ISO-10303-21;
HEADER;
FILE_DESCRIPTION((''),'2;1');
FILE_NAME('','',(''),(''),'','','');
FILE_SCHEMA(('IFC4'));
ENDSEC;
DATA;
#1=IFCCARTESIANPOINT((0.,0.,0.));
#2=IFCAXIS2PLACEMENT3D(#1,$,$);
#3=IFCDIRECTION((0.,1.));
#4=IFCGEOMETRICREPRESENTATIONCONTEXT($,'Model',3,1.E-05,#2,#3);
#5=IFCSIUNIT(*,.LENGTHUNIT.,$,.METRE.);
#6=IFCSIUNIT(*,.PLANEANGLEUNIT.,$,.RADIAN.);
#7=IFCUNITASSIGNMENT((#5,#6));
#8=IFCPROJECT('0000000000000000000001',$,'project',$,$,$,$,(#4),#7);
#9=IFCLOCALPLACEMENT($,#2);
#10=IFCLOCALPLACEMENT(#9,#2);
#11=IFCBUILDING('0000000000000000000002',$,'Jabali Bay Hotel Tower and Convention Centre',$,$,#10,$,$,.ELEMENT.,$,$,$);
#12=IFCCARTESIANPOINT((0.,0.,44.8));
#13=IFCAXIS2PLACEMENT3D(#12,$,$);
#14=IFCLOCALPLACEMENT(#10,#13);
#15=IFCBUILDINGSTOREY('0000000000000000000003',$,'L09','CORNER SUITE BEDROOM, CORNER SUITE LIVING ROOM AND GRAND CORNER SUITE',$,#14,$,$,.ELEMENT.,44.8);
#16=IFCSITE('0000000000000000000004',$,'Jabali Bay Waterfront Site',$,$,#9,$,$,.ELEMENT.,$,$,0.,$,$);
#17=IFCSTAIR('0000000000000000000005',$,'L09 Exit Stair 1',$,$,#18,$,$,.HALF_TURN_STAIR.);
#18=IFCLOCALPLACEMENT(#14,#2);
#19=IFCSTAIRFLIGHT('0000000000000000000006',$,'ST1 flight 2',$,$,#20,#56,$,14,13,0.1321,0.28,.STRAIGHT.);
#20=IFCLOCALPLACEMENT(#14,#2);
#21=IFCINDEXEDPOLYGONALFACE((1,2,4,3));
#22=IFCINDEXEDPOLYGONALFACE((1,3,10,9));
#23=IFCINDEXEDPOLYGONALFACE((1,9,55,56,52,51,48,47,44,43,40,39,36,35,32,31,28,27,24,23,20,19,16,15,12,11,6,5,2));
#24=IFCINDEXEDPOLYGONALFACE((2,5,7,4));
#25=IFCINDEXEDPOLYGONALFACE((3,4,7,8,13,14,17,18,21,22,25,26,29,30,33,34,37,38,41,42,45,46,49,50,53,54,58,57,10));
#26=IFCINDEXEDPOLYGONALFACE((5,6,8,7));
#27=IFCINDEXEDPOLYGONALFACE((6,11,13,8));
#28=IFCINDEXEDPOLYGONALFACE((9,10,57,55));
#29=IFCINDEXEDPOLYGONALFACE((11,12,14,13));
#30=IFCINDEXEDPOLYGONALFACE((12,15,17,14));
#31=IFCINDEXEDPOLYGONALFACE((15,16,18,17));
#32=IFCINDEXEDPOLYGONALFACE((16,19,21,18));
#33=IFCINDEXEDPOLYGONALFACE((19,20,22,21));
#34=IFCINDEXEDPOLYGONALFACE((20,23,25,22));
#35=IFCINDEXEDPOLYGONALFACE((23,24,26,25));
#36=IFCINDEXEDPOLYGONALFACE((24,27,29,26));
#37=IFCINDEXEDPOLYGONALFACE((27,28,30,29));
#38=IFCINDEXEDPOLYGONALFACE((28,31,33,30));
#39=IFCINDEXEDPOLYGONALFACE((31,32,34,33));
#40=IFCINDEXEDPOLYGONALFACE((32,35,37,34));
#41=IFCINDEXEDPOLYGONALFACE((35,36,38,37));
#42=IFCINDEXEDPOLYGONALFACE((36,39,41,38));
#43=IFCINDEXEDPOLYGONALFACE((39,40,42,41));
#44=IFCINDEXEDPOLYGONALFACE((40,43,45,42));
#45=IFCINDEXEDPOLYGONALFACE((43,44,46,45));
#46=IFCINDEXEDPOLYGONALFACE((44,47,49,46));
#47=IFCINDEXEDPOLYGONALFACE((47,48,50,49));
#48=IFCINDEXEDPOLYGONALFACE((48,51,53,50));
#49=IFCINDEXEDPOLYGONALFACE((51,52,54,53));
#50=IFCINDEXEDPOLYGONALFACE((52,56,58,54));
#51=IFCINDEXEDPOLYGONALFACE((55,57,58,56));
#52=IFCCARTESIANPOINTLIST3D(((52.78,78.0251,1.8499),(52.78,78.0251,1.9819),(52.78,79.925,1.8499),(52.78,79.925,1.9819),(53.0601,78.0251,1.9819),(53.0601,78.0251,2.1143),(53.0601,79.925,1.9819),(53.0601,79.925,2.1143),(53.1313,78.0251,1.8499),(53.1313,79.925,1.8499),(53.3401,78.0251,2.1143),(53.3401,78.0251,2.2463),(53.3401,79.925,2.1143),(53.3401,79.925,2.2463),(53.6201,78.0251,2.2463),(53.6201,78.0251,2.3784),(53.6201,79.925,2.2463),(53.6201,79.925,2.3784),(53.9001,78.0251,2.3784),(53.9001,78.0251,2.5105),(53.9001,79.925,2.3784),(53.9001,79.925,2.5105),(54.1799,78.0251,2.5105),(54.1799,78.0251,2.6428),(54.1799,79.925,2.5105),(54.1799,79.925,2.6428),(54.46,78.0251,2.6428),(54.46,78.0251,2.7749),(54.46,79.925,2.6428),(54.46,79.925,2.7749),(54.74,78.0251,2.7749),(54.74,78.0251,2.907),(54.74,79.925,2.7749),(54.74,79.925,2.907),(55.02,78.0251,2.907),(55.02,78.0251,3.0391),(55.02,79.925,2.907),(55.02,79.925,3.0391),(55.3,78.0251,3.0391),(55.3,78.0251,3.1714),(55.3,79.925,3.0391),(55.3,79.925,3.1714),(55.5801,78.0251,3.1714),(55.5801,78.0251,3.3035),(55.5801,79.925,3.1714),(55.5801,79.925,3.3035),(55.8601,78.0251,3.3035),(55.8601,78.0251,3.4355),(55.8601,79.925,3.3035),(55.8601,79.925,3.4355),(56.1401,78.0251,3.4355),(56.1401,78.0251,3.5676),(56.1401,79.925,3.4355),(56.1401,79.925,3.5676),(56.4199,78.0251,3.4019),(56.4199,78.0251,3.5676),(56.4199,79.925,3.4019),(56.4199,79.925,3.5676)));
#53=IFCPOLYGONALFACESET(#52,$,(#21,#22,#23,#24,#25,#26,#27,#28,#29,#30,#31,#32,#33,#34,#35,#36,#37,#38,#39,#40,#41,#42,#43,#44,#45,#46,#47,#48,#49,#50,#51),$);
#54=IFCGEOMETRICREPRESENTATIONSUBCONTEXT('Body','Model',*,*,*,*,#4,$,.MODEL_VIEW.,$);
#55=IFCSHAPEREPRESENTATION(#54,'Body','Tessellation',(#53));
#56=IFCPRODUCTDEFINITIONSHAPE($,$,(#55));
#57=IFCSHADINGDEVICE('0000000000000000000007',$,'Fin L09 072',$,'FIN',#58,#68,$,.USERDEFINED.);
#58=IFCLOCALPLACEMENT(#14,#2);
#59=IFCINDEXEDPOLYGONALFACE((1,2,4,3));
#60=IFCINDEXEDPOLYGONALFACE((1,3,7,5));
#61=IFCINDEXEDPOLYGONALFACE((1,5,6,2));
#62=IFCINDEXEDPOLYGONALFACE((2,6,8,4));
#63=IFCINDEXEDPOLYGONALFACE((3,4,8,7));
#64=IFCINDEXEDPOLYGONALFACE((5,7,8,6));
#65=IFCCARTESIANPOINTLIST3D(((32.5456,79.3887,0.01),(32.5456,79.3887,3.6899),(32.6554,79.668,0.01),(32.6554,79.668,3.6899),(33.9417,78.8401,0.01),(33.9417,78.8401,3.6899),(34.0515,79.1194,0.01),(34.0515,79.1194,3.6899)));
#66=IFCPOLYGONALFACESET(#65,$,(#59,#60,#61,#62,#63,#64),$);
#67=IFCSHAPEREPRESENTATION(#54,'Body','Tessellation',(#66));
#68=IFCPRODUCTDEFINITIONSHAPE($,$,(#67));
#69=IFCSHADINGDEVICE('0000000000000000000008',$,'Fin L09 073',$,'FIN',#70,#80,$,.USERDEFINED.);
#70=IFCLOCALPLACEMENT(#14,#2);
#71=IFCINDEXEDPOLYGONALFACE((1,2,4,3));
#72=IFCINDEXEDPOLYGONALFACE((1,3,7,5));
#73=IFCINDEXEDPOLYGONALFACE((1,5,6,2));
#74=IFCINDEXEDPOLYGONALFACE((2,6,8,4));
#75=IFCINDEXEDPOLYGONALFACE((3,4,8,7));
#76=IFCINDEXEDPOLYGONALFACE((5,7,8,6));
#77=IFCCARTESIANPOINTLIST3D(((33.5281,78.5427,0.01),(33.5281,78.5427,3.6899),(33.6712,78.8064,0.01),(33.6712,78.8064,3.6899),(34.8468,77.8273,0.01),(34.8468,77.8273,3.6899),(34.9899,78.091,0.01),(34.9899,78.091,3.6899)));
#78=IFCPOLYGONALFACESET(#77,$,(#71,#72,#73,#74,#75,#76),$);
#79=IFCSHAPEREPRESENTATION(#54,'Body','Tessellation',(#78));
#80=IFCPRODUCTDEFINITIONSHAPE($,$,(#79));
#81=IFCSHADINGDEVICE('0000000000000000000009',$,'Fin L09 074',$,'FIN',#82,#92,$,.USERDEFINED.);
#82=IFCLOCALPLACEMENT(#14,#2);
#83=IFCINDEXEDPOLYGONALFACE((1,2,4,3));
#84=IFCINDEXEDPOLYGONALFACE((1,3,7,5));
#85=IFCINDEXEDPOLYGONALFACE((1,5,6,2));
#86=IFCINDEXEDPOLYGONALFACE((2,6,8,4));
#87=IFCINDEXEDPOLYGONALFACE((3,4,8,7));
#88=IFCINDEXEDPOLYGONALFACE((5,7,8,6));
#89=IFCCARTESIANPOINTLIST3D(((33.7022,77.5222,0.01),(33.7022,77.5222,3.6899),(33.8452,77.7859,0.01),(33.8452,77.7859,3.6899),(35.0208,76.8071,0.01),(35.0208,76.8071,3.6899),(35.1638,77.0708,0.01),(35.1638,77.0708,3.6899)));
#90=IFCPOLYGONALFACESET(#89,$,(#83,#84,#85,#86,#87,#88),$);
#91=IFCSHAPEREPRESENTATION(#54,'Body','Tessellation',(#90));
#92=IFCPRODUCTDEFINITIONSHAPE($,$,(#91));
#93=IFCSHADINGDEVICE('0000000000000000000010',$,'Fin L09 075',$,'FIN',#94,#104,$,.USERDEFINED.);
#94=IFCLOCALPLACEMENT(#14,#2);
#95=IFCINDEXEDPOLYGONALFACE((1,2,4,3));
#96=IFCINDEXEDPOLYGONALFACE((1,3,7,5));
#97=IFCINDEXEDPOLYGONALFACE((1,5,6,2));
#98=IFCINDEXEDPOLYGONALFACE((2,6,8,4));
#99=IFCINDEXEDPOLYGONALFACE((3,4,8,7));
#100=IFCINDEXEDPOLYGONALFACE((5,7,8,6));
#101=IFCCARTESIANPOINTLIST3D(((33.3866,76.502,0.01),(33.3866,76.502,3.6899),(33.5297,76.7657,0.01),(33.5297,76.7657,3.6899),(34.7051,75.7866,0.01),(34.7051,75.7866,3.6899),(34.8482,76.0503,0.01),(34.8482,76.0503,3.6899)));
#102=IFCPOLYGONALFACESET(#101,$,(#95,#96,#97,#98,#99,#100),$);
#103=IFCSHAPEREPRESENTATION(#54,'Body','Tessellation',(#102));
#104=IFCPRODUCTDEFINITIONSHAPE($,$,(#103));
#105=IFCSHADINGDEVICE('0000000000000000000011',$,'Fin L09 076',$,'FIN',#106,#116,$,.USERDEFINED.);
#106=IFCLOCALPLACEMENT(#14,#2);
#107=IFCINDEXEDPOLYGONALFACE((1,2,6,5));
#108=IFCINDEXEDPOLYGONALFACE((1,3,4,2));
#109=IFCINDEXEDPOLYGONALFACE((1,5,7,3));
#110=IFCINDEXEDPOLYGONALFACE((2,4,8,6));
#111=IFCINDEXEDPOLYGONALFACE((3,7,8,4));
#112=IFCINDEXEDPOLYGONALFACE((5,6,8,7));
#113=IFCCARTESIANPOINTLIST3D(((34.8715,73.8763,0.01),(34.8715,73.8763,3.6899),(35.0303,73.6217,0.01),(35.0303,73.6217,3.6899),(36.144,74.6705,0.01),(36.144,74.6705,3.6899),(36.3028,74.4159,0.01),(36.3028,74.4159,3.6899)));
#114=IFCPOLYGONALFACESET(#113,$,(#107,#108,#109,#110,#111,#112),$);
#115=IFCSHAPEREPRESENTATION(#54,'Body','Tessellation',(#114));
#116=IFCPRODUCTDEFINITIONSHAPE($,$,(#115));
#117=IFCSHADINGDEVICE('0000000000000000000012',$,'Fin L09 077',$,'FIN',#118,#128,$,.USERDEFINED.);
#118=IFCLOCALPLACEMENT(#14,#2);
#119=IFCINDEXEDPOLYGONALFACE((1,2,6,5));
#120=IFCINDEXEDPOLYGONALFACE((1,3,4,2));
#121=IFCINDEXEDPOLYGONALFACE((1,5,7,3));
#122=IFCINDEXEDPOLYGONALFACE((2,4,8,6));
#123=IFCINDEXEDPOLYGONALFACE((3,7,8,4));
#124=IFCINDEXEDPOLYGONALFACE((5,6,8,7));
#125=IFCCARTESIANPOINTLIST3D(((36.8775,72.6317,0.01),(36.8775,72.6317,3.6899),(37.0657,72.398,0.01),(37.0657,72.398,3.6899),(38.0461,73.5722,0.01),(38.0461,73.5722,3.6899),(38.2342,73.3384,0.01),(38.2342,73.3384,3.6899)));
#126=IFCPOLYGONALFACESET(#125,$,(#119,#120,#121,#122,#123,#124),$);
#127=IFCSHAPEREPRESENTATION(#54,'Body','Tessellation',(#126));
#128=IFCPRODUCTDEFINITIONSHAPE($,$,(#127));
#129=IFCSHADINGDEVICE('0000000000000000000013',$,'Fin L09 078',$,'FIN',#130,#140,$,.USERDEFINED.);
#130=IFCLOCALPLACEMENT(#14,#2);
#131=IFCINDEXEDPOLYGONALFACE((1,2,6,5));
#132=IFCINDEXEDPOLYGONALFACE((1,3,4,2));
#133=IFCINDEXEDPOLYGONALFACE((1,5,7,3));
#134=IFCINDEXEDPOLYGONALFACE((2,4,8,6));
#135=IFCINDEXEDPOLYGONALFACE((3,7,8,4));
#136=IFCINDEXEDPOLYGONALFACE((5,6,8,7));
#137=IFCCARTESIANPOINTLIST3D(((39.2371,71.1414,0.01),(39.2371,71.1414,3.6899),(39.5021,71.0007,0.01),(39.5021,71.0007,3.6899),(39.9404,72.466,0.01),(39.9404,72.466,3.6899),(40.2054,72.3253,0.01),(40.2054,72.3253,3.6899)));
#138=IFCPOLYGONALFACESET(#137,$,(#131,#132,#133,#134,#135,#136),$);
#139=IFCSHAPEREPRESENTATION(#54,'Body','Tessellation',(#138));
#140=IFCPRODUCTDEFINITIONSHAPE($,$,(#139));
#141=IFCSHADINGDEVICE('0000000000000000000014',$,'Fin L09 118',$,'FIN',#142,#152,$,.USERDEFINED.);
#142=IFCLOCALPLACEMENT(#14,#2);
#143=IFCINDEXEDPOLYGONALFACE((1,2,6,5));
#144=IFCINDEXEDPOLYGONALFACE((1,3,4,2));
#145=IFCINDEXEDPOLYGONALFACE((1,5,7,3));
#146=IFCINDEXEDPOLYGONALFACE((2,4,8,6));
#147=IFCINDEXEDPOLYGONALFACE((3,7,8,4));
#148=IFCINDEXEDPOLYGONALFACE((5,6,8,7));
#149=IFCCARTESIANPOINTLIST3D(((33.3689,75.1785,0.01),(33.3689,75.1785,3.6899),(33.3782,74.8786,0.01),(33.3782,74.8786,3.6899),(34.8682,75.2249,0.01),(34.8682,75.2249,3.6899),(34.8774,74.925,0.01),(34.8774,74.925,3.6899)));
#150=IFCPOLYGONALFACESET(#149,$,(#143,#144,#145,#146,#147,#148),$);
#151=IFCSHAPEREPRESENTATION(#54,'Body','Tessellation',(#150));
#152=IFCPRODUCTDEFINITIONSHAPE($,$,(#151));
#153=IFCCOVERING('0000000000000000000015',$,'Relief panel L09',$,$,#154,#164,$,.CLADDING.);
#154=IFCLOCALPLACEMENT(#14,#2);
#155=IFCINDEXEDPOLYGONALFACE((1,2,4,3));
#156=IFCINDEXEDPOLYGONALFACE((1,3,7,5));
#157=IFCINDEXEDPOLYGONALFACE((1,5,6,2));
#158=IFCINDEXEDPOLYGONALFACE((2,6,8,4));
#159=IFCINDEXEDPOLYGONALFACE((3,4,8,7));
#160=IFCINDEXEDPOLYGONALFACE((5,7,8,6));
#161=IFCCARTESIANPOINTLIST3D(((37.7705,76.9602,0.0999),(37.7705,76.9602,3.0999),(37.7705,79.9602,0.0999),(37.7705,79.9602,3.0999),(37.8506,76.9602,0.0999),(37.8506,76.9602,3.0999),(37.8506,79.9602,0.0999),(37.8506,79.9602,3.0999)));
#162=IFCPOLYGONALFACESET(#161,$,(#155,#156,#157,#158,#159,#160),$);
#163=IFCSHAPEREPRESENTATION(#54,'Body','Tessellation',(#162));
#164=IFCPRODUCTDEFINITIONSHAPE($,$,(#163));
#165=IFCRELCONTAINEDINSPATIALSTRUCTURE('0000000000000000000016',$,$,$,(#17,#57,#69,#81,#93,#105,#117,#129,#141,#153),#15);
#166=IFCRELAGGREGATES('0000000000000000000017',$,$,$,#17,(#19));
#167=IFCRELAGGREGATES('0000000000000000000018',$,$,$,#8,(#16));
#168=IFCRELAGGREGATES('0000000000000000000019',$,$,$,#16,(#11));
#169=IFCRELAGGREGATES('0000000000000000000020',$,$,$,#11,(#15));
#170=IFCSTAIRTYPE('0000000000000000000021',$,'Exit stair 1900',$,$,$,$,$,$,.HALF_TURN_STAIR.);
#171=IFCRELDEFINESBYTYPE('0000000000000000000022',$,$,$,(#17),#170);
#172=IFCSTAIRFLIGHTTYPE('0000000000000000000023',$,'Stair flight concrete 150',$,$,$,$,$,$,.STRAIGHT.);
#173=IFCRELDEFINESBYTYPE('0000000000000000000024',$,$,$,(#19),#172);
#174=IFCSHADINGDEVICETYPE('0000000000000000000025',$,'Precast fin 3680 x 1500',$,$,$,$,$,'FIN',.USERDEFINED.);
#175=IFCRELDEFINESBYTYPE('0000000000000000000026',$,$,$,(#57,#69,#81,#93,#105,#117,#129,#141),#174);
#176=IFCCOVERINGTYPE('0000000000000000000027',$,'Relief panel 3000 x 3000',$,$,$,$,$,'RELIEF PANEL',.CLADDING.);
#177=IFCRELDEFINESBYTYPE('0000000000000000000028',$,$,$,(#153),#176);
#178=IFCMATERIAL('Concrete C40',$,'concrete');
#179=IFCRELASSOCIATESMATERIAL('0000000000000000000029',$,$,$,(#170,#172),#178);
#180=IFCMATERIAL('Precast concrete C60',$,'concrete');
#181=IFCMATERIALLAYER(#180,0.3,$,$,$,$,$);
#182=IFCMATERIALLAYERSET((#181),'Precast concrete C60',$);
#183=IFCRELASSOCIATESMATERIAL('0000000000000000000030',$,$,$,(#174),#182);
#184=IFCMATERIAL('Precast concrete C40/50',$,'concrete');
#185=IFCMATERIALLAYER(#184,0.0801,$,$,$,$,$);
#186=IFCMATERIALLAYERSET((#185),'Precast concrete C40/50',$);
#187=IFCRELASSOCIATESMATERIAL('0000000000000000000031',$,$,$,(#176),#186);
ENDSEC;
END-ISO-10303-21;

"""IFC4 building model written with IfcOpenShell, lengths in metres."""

from ifc_helpers import new_model, si_unit, direction, frame, frame_2d, origin, origin_2d, place, context, subcontext, project, spatial, polyline, rectangle, outline, extrude, material, layer, layer_set, type_object, element, aggregate, save


model = new_model("IFC4")

# Units and contexts
model_context = context("Model", 3, precision=1e-05, world=origin(), true_north=direction((0.0, 1.0)))
body_context = subcontext(model_context, "Body", "Model", "MODEL_VIEW")
ifc_project = project(units=[si_unit("LENGTHUNIT", "METRE"), si_unit("PLANEANGLEUNIT", "RADIAN")], contexts=[model_context])

# Site, building, storey
site_placement = place(None, origin())
site = spatial("IfcSite", under=ifc_project, at=site_placement, Name="Jabali Bay Waterfront Site", CompositionType="ELEMENT", RefElevation=0.0)
building_placement = place(site_placement, origin())
building = spatial("IfcBuilding", under=site, at=building_placement, Name="Jabali Bay Hotel Tower and Convention Centre", CompositionType="ELEMENT")
storey_placement = place(building_placement, frame((0.0, 0.0, 44.8)))
storey = spatial("IfcBuildingStorey", under=building, at=storey_placement, Name="L09", Description="CORNER SUITE BEDROOM, CORNER SUITE LIVING ROOM AND GRAND CORNER SUITE", CompositionType="ELEMENT", Elevation=44.8)

# Shared definitions
ifc_material_1 = material(Name="Concrete C40", Category="concrete")

# Stair, stair flight
stair_type = type_object("IfcStairType", Name="Exit stair 1900", PredefinedType="HALF_TURN_STAIR", material=ifc_material_1)
stair_placement = place(storey_placement, origin())
stair = element("IfcStair", 1, at=stair_placement, inside=storey, type_object=stair_type, Name="L09 Exit Stair 1", PredefinedType="HALF_TURN_STAIR")
stair_flight_type = type_object("IfcStairFlightType", Name="Stair flight concrete 150", PredefinedType="STRAIGHT", material=ifc_material_1)
stair_flight_placement = place(storey_placement, frame((52.78, 78.9751, 1.8499), z_axis=(0.0, 0.0, 1.0), x_axis=(1.0, 0.0, 0.0)))
stair_flight = element("IfcStairFlight", 2, at=stair_flight_placement, type_object=stair_flight_type, Name="ST1 flight 2", NumberOfRisers=14, NumberOfTreads=13, PredefinedType="STRAIGHT", RiserHeight=0.1321, TreadLength=0.28, context=body_context, shape_type="SweptSolid", body=[
    extrude(outline(polyline([(0.0, 0.0), (0.0, 0.1321), (0.28, 0.1321), (0.28, 0.2644), (0.5601, 0.2644), (0.5601, 0.3965), (0.8401, 0.3965), (0.8401, 0.5286), (1.1201, 0.5286), (1.1201, 0.6606), (1.3999, 0.6606), (1.3999, 0.793), (1.6799, 0.793), (1.6799, 0.925), (1.96, 0.925), (1.96, 1.0571), (2.24, 1.0571), (2.24, 1.1892), (2.52, 1.1892), (2.52, 1.3215), (2.8, 1.3215), (2.8, 1.4536), (3.0801, 1.4536), (3.0801, 1.5857), (3.3601, 1.5857), (3.3601, 1.7178), (3.6399, 1.7178), (3.6399, 1.8501), (3.6399, 1.552), (0.3513, 0.0), (0.0, 0.0)])), frame((0.0, 0.95, 0.0), z_axis=(0.0, -1.0, 0.0), x_axis=(1.0, 0.0, 0.0)), (0.0, 0.0, 1.0), 1.8999),
])
aggregate(stair, [stair_flight])

# Shading devices
ifc_material_2 = material(Name="Precast concrete C60", Category="concrete")
ifc_layer_1 = layer(ifc_material_2, 0.3)
ifc_layer_set_1 = layer_set([ifc_layer_1], Name="Precast concrete C60")
shading_device_type = type_object("IfcShadingDeviceType", Name="Precast fin 3680 x 1500", ElementType="FIN", PredefinedType="USERDEFINED", material=ifc_layer_set_1)
shading_device_1_placement = place(storey_placement, frame((33.9966, 78.9797, 0.01), z_axis=(0.0, 0.0, 1.0), x_axis=(-0.930716, 0.365743, 0.0)))
element("IfcShadingDevice", 3, at=shading_device_1_placement, inside=storey, type_object=shading_device_type, Name="Fin L09 072", ObjectType="FIN", PredefinedType="USERDEFINED", context=body_context, shape_type="SweptSolid", body=[
    extrude(rectangle(XDim=1.5, YDim=0.3, at=frame_2d((0.75, 0.0))), origin(), (0.0, 0.0, 1.0), 3.6799),
])
shading_device_2_placement = place(storey_placement, frame((34.9182, 77.9592, 0.01), z_axis=(0.0, 0.0, 1.0), x_axis=(-0.878988, 0.476844, 0.0)))
element("IfcShadingDevice", 4, at=shading_device_2_placement, inside=storey, type_object=shading_device_type, Name="Fin L09 073", ObjectType="FIN", PredefinedType="USERDEFINED", context=body_context, shape_type="SweptSolid", body=[
    extrude(rectangle(XDim=1.5002, YDim=0.3, at=frame_2d((0.75, 0.0))), origin(), (0.0, 0.0, 1.0), 3.6799),
])
for number, where, z_axis, x_axis, name in (
    (5, (35.0923, 76.939, 0.01), (0.0, 0.0, 1.0), (-0.879056, 0.476718, 0.0), "Fin L09 074"),
    (6, (34.7766, 75.9185, 0.01), (0.0, 0.0, 1.0), (-0.878951, 0.476912, 0.0), "Fin L09 075"),
    (7, (36.2234, 74.5432, 0.01), (0.0, 0.0, 1.0), (-0.848327, -0.529472, 0.0), "Fin L09 076"),
    (8, (38.1401, 73.4553, 0.01), (0.0, 0.0, 1.0), (-0.779023, -0.626995, 0.0), "Fin L09 077"),
):
    element("IfcShadingDevice", number, at=place(storey_placement, frame(where, z_axis=z_axis, x_axis=x_axis)), inside=storey, type_object=shading_device_type, Name=name, ObjectType="FIN", PredefinedType="USERDEFINED", context=body_context, shape_type="SweptSolid", body=[
        extrude(rectangle(XDim=1.5, YDim=0.3, at=frame_2d((0.75, 0.0))), origin(), (0.0, 0.0, 1.0), 3.6799),
    ])
shading_device_3_placement = place(storey_placement, frame((40.073, 72.3958, 0.01), z_axis=(0.0, 0.0, 1.0), x_axis=(-0.468957, -0.883221, 0.0)))
element("IfcShadingDevice", 9, at=shading_device_3_placement, inside=storey, type_object=shading_device_type, Name="Fin L09 078", ObjectType="FIN", PredefinedType="USERDEFINED", context=body_context, shape_type="SweptSolid", body=[
    extrude(rectangle(XDim=1.4998, YDim=0.3, at=frame_2d((0.75, 0.0))), origin(), (0.0, 0.0, 1.0), 3.6799),
])
shading_device_4_placement = place(storey_placement, frame((34.8728, 75.075, 0.01), z_axis=(0.0, 0.0, 1.0), x_axis=(-0.999522, -0.030925, 0.0)))
element("IfcShadingDevice", 10, at=shading_device_4_placement, inside=storey, type_object=shading_device_type, Name="Fin L09 118", ObjectType="FIN", PredefinedType="USERDEFINED", context=body_context, shape_type="SweptSolid", body=[
    extrude(rectangle(XDim=1.5, YDim=0.3, at=frame_2d((0.75, 0.0))), origin(), (0.0, 0.0, 1.0), 3.6799),
])

# Covering
ifc_material_3 = material(Name="Precast concrete C40/50", Category="concrete")
ifc_layer_2 = layer(ifc_material_3, 0.0801)
ifc_layer_set_2 = layer_set([ifc_layer_2], Name="Precast concrete C40/50")
covering_type = type_object("IfcCoveringType", Name="Relief panel 3000 x 3000", ElementType="RELIEF PANEL", PredefinedType="CLADDING", material=ifc_layer_set_2)
covering_placement = place(storey_placement, frame((37.8105, 78.4602, 0.0999), z_axis=(0.0, 0.0, 1.0), x_axis=(0.0, 1.0, 0.0)))
element("IfcCovering", 11, at=covering_placement, inside=storey, type_object=covering_type, Name="Relief panel L09", PredefinedType="CLADDING", context=body_context, shape_type="SweptSolid", body=[
    extrude(rectangle(XDim=3.0, YDim=0.0801, at=origin_2d()), origin(), (0.0, 0.0, 1.0), 3.0),
])

save(model, "model.ifc")
